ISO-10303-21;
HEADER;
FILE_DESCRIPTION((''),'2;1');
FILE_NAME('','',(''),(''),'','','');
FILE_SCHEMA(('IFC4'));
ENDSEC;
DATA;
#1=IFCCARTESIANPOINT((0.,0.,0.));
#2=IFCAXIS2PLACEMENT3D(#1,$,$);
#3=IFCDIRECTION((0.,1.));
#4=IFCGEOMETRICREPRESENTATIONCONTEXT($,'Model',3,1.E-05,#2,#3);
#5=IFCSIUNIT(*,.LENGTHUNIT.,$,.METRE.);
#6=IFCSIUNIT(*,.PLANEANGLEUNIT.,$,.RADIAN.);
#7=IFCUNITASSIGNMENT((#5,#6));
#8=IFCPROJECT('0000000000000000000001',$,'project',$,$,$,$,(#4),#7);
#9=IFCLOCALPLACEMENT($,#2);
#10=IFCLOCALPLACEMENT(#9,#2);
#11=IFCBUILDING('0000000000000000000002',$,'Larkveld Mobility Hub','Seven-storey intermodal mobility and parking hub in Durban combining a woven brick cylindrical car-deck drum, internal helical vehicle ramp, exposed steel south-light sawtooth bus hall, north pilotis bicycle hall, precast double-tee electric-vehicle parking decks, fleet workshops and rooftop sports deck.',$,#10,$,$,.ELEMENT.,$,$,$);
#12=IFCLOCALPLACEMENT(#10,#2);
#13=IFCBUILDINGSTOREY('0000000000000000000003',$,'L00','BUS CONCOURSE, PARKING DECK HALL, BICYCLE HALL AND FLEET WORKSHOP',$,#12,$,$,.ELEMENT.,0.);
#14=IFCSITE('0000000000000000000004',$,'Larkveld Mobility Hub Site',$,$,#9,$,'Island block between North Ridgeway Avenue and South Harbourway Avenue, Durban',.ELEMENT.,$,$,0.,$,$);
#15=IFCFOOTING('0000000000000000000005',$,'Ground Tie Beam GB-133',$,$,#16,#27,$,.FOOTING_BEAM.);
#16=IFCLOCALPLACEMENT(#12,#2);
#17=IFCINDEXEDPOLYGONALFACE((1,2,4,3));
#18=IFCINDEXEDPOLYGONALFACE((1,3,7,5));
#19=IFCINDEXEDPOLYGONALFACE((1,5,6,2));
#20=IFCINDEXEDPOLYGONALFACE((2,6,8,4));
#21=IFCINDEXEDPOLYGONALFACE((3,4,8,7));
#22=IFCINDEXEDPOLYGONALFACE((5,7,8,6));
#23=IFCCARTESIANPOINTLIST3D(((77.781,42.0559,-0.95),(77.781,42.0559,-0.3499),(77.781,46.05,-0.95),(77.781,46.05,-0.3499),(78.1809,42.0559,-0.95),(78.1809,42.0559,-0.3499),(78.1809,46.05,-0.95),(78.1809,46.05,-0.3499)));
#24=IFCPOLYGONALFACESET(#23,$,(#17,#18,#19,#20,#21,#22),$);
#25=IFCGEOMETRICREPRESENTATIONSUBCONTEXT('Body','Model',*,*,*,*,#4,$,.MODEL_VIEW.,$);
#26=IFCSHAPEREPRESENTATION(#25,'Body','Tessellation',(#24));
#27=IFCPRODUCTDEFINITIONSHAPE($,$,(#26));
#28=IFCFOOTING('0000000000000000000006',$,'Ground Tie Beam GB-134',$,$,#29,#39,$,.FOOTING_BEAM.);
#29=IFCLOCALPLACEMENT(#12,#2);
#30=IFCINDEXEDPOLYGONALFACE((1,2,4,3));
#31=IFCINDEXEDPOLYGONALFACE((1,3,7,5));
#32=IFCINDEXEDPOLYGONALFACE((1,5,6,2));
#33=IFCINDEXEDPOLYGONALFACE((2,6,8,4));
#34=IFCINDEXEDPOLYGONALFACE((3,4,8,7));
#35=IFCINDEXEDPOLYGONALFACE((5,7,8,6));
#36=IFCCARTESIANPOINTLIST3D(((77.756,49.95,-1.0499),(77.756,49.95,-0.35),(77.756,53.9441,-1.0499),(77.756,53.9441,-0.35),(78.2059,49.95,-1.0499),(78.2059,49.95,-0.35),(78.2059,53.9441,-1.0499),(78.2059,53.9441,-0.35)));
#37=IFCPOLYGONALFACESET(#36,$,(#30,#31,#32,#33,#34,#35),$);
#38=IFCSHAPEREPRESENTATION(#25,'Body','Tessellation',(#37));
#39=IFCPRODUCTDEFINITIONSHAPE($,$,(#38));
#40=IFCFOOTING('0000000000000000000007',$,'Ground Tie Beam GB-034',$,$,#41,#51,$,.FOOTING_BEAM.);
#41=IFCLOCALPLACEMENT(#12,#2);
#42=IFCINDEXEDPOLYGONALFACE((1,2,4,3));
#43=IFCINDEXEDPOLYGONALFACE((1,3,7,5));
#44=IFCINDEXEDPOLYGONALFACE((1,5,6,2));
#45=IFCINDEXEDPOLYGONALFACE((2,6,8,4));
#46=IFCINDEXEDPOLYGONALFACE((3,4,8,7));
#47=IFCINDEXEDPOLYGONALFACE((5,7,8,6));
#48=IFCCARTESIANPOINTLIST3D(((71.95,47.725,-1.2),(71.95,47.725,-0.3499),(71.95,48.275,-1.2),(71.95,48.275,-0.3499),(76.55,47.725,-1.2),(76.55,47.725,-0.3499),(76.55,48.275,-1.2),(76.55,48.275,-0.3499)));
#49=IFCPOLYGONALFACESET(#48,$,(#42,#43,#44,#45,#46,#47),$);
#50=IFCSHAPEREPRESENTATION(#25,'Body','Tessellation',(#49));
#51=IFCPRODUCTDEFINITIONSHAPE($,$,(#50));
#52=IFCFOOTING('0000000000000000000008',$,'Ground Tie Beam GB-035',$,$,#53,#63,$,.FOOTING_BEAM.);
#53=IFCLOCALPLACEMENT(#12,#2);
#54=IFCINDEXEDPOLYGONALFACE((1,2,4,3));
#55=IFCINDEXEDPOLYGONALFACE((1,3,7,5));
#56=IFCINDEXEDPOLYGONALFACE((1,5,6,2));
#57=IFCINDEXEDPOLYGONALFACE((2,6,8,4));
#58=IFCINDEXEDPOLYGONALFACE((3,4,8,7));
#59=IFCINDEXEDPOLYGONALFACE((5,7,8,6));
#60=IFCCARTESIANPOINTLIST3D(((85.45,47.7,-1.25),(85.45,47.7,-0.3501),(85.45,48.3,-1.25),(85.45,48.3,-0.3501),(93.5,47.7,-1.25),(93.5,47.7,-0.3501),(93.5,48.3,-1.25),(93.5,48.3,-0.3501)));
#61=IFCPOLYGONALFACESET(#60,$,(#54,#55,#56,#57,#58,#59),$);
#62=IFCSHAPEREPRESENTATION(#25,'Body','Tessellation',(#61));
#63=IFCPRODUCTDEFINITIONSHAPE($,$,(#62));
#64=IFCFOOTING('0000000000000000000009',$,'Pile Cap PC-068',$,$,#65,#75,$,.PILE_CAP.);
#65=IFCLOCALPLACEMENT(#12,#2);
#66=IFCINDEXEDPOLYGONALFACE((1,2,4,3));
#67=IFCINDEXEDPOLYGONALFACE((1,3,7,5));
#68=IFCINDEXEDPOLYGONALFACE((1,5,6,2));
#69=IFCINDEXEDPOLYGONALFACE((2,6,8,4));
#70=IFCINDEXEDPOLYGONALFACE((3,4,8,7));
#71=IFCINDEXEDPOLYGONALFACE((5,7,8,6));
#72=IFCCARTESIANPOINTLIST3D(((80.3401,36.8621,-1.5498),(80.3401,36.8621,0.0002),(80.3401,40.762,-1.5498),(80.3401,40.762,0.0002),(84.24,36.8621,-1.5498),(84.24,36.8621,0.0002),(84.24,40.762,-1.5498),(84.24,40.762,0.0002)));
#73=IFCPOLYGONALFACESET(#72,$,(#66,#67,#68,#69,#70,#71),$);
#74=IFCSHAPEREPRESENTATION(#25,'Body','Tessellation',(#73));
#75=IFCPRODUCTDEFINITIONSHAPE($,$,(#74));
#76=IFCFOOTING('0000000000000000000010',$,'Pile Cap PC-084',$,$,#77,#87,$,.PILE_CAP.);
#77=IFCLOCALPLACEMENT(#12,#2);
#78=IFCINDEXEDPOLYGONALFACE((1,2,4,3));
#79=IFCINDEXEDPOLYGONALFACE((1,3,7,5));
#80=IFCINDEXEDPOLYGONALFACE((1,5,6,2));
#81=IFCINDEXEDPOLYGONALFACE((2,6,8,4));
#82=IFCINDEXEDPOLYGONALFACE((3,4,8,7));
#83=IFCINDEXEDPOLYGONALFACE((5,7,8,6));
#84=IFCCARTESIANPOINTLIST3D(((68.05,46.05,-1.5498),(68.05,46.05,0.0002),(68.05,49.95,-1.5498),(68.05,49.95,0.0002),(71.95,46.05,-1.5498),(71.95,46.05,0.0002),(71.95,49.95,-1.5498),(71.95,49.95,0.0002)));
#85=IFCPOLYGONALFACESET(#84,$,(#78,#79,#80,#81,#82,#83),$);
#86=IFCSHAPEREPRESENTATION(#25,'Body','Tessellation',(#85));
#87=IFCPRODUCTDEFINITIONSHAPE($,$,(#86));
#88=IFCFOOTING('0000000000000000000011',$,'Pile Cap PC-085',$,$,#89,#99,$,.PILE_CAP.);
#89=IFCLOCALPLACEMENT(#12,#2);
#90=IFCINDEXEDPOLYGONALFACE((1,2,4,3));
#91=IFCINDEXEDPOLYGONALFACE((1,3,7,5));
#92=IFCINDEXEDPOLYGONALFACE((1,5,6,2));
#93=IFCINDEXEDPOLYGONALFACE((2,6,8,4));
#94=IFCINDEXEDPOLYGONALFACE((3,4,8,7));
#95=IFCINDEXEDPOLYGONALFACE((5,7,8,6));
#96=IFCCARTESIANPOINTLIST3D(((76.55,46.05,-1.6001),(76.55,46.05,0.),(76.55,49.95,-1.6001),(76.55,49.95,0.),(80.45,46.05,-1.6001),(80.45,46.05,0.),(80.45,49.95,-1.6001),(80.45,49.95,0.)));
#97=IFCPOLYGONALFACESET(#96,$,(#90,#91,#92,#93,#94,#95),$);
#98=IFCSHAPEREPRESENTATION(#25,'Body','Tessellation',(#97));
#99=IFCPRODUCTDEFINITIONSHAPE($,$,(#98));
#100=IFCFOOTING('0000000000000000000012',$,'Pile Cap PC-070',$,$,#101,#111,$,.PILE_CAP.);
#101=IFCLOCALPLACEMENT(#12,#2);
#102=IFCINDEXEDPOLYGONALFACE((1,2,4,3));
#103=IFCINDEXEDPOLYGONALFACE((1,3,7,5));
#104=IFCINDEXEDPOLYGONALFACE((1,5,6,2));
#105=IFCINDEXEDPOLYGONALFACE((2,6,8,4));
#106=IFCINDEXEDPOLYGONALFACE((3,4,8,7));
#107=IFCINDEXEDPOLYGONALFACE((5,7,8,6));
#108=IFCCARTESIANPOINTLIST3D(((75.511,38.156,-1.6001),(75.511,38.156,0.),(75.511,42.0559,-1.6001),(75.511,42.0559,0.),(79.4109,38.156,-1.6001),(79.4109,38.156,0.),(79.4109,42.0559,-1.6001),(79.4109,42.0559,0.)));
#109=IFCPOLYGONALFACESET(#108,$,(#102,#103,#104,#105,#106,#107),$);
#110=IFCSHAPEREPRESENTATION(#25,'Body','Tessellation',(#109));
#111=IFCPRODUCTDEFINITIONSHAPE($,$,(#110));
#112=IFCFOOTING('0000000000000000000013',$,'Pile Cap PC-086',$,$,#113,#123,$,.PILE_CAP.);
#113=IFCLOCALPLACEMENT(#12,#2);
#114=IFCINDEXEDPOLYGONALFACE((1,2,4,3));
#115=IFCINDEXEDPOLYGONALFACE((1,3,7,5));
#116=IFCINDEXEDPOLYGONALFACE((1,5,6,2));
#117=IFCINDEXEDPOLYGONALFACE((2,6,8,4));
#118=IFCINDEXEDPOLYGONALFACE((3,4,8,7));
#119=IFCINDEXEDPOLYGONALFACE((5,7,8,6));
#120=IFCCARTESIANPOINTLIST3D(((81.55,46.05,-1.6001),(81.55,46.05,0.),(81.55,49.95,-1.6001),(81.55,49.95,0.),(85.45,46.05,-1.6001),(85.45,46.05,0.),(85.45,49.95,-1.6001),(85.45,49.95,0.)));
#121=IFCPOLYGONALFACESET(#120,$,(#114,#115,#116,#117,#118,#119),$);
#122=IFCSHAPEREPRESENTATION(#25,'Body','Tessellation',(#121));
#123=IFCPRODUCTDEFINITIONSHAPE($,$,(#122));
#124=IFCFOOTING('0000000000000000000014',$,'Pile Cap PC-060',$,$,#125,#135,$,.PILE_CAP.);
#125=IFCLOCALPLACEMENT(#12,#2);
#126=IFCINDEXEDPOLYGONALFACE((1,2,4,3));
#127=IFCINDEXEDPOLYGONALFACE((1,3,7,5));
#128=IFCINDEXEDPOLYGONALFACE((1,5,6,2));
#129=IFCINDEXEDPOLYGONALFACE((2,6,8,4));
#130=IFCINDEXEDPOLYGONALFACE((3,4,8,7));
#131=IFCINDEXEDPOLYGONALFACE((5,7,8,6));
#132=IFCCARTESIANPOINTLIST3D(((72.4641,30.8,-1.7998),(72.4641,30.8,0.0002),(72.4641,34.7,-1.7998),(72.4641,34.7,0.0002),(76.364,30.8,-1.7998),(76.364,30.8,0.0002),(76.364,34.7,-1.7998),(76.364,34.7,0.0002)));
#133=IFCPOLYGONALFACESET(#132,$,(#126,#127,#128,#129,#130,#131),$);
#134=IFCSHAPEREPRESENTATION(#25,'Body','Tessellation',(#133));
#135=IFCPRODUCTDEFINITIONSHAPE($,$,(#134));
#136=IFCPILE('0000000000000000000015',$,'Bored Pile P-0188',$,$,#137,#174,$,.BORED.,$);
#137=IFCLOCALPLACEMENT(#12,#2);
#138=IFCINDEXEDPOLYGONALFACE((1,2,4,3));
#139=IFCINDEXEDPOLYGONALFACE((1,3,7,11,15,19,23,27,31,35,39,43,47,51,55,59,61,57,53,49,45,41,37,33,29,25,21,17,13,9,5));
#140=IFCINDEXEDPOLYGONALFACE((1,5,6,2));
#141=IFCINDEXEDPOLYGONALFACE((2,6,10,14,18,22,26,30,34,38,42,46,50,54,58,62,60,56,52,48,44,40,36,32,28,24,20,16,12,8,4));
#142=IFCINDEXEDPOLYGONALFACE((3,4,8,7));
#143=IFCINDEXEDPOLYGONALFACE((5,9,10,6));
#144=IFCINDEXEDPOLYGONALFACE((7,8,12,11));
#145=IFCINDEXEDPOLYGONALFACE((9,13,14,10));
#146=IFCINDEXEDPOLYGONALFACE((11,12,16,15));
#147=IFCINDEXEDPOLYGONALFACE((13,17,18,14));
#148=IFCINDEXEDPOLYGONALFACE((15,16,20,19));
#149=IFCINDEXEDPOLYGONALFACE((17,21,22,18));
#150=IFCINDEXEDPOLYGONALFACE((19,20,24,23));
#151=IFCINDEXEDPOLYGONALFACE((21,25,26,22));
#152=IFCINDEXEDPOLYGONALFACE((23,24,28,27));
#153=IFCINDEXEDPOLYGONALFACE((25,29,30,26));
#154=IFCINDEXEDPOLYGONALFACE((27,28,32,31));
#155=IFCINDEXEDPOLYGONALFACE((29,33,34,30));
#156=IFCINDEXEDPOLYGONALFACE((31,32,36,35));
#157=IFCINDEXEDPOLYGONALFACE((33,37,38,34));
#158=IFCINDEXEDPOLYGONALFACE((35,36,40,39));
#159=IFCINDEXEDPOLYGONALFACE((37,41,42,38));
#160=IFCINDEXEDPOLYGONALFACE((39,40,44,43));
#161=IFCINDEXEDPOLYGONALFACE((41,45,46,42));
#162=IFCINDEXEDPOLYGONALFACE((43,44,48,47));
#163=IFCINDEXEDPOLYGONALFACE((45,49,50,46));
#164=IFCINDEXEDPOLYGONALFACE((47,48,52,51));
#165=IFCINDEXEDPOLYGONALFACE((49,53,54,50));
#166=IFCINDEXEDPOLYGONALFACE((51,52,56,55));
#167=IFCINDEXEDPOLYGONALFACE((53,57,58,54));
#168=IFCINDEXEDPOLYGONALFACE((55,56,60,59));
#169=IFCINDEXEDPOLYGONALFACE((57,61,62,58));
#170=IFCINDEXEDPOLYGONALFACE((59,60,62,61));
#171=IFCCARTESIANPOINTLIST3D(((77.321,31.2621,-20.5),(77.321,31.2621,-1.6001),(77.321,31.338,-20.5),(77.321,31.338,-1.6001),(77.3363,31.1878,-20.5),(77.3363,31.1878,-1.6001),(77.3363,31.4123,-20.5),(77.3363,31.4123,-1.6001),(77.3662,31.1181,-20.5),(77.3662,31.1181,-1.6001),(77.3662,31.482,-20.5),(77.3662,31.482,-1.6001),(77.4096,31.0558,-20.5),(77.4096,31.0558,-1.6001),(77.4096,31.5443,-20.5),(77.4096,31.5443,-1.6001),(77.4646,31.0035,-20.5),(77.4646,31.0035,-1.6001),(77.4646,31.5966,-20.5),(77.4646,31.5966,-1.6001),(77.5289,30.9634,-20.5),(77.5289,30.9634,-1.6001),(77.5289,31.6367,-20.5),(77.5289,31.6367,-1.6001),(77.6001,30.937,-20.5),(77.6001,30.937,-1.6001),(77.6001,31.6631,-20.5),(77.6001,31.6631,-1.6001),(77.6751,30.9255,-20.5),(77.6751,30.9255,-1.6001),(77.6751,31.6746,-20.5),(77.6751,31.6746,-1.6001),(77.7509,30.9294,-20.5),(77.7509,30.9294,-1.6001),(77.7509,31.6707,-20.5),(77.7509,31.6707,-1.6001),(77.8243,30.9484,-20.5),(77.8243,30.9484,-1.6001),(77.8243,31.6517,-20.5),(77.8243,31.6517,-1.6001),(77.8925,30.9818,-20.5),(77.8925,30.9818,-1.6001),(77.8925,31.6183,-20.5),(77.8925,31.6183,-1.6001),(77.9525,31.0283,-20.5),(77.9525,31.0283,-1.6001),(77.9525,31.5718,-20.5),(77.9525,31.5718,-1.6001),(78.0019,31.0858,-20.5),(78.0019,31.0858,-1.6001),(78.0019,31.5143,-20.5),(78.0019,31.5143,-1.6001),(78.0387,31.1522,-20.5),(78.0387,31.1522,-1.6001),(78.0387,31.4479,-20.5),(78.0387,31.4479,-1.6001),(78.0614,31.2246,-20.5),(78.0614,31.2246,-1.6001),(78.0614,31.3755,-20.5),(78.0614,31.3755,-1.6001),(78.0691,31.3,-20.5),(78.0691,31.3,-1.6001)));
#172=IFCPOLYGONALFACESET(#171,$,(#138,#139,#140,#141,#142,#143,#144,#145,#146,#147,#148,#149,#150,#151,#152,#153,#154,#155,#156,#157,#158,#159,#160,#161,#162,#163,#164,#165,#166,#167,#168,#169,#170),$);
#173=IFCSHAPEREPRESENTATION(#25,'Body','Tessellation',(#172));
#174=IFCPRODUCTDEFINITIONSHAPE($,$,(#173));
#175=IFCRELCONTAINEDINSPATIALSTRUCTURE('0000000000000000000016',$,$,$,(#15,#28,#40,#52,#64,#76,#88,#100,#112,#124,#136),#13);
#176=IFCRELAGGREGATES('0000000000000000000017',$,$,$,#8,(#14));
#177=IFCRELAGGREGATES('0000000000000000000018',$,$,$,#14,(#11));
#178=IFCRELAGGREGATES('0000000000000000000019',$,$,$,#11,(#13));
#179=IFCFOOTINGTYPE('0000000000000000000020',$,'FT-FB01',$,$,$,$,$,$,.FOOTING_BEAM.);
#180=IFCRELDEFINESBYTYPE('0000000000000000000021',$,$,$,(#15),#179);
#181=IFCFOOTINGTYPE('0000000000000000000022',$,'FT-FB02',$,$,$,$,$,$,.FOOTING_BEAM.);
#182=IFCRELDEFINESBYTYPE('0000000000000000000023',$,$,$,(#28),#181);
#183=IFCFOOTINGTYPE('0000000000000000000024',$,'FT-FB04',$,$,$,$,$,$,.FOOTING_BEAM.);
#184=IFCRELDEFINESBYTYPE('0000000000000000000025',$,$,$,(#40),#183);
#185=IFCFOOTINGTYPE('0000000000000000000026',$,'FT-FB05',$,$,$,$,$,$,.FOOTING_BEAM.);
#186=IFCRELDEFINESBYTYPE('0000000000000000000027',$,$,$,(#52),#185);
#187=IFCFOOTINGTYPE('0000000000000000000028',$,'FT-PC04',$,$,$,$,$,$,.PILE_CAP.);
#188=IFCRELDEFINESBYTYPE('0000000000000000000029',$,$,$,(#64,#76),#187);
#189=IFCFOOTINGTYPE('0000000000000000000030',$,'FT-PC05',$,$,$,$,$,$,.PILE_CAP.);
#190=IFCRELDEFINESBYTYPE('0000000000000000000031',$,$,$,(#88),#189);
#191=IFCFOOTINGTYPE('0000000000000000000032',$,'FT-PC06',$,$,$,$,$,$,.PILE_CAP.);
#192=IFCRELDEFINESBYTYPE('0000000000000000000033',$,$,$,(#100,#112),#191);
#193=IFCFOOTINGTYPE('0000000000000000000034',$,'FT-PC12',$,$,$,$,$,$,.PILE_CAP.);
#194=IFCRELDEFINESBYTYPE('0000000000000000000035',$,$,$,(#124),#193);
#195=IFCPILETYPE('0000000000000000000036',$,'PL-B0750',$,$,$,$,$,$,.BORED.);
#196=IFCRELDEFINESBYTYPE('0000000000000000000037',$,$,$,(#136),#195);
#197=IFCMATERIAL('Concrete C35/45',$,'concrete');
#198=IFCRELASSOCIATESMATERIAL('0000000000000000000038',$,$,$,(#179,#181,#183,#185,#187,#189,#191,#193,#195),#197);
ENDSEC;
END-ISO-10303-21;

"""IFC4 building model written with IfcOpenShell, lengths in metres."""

from ifc_helpers import new_model, si_unit, direction, frame, origin, origin_2d, place, context, subcontext, project, spatial, rectangle, circle, extrude, material, material_profile, profile_set, type_object, element, save


model = new_model("IFC4")

# Units and contexts
model_context = context("Model", 3, precision=1e-05, world=origin(), true_north=direction((0.0, 1.0)))
body_context = subcontext(model_context, "Body", "Model", "MODEL_VIEW")
ifc_project = project(units=[si_unit("LENGTHUNIT", "METRE"), si_unit("PLANEANGLEUNIT", "RADIAN")], contexts=[model_context])

# Site, building, storey
site_placement = place(None, origin())
site = spatial("IfcSite", under=ifc_project, at=site_placement, Name="Larkveld Mobility Hub Site", LongName="Island block between North Ridgeway Avenue and South Harbourway Avenue, Durban", CompositionType="ELEMENT", RefElevation=0.0)
building_placement = place(site_placement, origin())
building = spatial("IfcBuilding", under=site, at=building_placement, Name="Larkveld Mobility Hub", Description="Seven-storey intermodal mobility and parking hub in Durban combining a woven brick cylindrical car-deck drum, internal helical vehicle ramp, exposed steel south-light sawtooth bus hall, north pilotis bicycle hall, precast double-tee electric-vehicle parking decks, fleet workshops and rooftop sports deck.", CompositionType="ELEMENT")
storey_placement = place(building_placement, origin())
storey = spatial("IfcBuildingStorey", under=building, at=storey_placement, Name="L00", Description="BUS CONCOURSE, PARKING DECK HALL, BICYCLE HALL AND FLEET WORKSHOP", CompositionType="ELEMENT", Elevation=0.0)

# Footings
ifc_material_1 = material(Name="Concrete C35/45", Category="concrete")
ifc_material_profile_1 = material_profile(ifc_material_1, rectangle(XDim=0.3999, YDim=0.6001, at=origin_2d()), Name="RC BM 400x600")
ifc_profile_set_1 = profile_set([ifc_material_profile_1], Name="Concrete C35/45")
footing_type_1 = type_object("IfcFootingType", Name="FT-FB01", PredefinedType="FOOTING_BEAM", material=ifc_profile_set_1)
footing_1_placement = place(storey_placement, frame((77.981, 42.0559, -0.6499), z_axis=(0.0, 1.0, 0.0), x_axis=(-1.0, 0.0, 0.0)))
element("IfcFooting", 1, at=footing_1_placement, inside=storey, type_object=footing_type_1, Name="Ground Tie Beam GB-133", PredefinedType="FOOTING_BEAM", context=body_context, shape_type="SweptSolid", body=[
    extrude(rectangle(XDim=0.3999, YDim=0.6001, at=origin_2d()), origin(), (0.0, 0.0, 1.0), 3.9941),
])
ifc_material_profile_2 = material_profile(ifc_material_1, rectangle(XDim=0.45, YDim=0.7, at=origin_2d()), Name="RC BM 450x700")
ifc_profile_set_2 = profile_set([ifc_material_profile_2], Name="Concrete C35/45")
footing_type_2 = type_object("IfcFootingType", Name="FT-FB02", PredefinedType="FOOTING_BEAM", material=ifc_profile_set_2)
footing_2_placement = place(storey_placement, frame((77.981, 49.95, -0.7), z_axis=(0.0, 1.0, 0.0), x_axis=(-1.0, 0.0, 0.0)))
element("IfcFooting", 2, at=footing_2_placement, inside=storey, type_object=footing_type_2, Name="Ground Tie Beam GB-134", PredefinedType="FOOTING_BEAM", context=body_context, shape_type="SweptSolid", body=[
    extrude(rectangle(XDim=0.45, YDim=0.7, at=origin_2d()), origin(), (0.0, 0.0, 1.0), 3.9941),
])
ifc_material_profile_3 = material_profile(ifc_material_1, rectangle(XDim=0.55, YDim=0.8501, at=origin_2d()), Name="RC BM 550x850")
ifc_profile_set_3 = profile_set([ifc_material_profile_3], Name="Concrete C35/45")
footing_type_3 = type_object("IfcFootingType", Name="FT-FB04", PredefinedType="FOOTING_BEAM", material=ifc_profile_set_3)
footing_3_placement = place(storey_placement, frame((71.95, 48.0, -0.7749), z_axis=(1.0, 0.0, 0.0), x_axis=(0.0, 1.0, 0.0)))
element("IfcFooting", 3, at=footing_3_placement, inside=storey, type_object=footing_type_3, Name="Ground Tie Beam GB-034", PredefinedType="FOOTING_BEAM", context=body_context, shape_type="SweptSolid", body=[
    extrude(rectangle(XDim=0.55, YDim=0.8501, at=origin_2d()), origin(), (0.0, 0.0, 1.0), 4.6001),
])
ifc_material_profile_4 = material_profile(ifc_material_1, rectangle(XDim=0.6001, YDim=0.8999, at=origin_2d()), Name="RC BM 600x900")
ifc_profile_set_4 = profile_set([ifc_material_profile_4], Name="Concrete C35/45")
footing_type_4 = type_object("IfcFootingType", Name="FT-FB05", PredefinedType="FOOTING_BEAM", material=ifc_profile_set_4)
footing_4_placement = place(storey_placement, frame((85.45, 48.0, -0.8), z_axis=(1.0, 0.0, 0.0), x_axis=(0.0, 1.0, 0.0)))
element("IfcFooting", 4, at=footing_4_placement, inside=storey, type_object=footing_type_4, Name="Ground Tie Beam GB-035", PredefinedType="FOOTING_BEAM", context=body_context, shape_type="SweptSolid", body=[
    extrude(rectangle(XDim=0.6001, YDim=0.8999, at=origin_2d()), origin(), (0.0, 0.0, 1.0), 8.05),
])
footing_type_5 = type_object("IfcFootingType", Name="FT-PC04", PredefinedType="PILE_CAP", material=ifc_material_1)
for number, where, z_axis, x_axis, name in (
    (5, (82.29, 38.812, -1.5498), (0.0, 0.0, 1.0), (1.0, 0.0, 0.0), "Pile Cap PC-068"),
    (6, (70.0, 48.0, -1.5498), (0.0, 0.0, 1.0), (1.0, 0.0, 0.0), "Pile Cap PC-084"),
):
    element("IfcFooting", number, at=place(storey_placement, frame(where, z_axis=z_axis, x_axis=x_axis)), inside=storey, type_object=footing_type_5, Name=name, PredefinedType="PILE_CAP", context=body_context, shape_type="SweptSolid", body=[
        extrude(rectangle(XDim=3.8999, YDim=3.8999, at=origin_2d()), origin(), (0.0, 0.0, 1.0), 1.55),
    ])
footing_type_6 = type_object("IfcFootingType", Name="FT-PC05", PredefinedType="PILE_CAP", material=ifc_material_1)
footing_5_placement = place(storey_placement, frame((78.5, 48.0, -1.6001), z_axis=(0.0, 0.0, 1.0), x_axis=(1.0, 0.0, 0.0)))
element("IfcFooting", 7, at=footing_5_placement, inside=storey, type_object=footing_type_6, Name="Pile Cap PC-085", PredefinedType="PILE_CAP", context=body_context, shape_type="SweptSolid", body=[
    extrude(rectangle(XDim=3.8999, YDim=3.8999, at=origin_2d()), origin(), (0.0, 0.0, 1.0), 1.6001),
])
footing_type_7 = type_object("IfcFootingType", Name="FT-PC06", PredefinedType="PILE_CAP", material=ifc_material_1)
for number, where, z_axis, x_axis, name in (
    (8, (77.4609, 40.106, -1.6001), (0.0, 0.0, 1.0), (1.0, 0.0, 0.0), "Pile Cap PC-070"),
    (9, (83.5, 48.0, -1.6001), (0.0, 0.0, 1.0), (1.0, 0.0, 0.0), "Pile Cap PC-086"),
):
    element("IfcFooting", number, at=place(storey_placement, frame(where, z_axis=z_axis, x_axis=x_axis)), inside=storey, type_object=footing_type_7, Name=name, PredefinedType="PILE_CAP", context=body_context, shape_type="SweptSolid", body=[
        extrude(rectangle(XDim=3.8999, YDim=3.8999, at=origin_2d()), origin(), (0.0, 0.0, 1.0), 1.6001),
    ])
footing_type_8 = type_object("IfcFootingType", Name="FT-PC12", PredefinedType="PILE_CAP", material=ifc_material_1)
footing_6_placement = place(storey_placement, frame((74.4141, 32.75, -1.7998), z_axis=(0.0, 0.0, 1.0), x_axis=(1.0, 0.0, 0.0)))
element("IfcFooting", 10, at=footing_6_placement, inside=storey, type_object=footing_type_8, Name="Pile Cap PC-060", PredefinedType="PILE_CAP", context=body_context, shape_type="SweptSolid", body=[
    extrude(rectangle(XDim=3.8999, YDim=3.8999, at=origin_2d()), origin(), (0.0, 0.0, 1.0), 1.8),
])

# Pile
ifc_material_profile_5 = material_profile(ifc_material_1, circle(Radius=0.375, at=origin_2d()), Name="PILE D750")
ifc_profile_set_5 = profile_set([ifc_material_profile_5], Name="Concrete C35/45")
pile_type_1 = type_object("IfcPileType", Name="PL-B0750", PredefinedType="BORED", material=ifc_profile_set_5)
for number, where, z_axis, x_axis, name in (
    (11, (77.6941, 31.3, -1.6001), (0.0, 0.0, -1.0), (1.0, 0.0, 0.0), "Bored Pile P-0188"),
):
    element("IfcPile", number, at=place(storey_placement, frame(where, z_axis=z_axis, x_axis=x_axis)), inside=storey, type_object=pile_type_1, Name=name, PredefinedType="BORED", context=body_context, shape_type="SweptSolid", body=[
        extrude(circle(Radius=0.375, at=origin_2d()), origin(), (0.0, 0.0, 1.0), 18.8999),
    ])

save(model, "model.ifc")
